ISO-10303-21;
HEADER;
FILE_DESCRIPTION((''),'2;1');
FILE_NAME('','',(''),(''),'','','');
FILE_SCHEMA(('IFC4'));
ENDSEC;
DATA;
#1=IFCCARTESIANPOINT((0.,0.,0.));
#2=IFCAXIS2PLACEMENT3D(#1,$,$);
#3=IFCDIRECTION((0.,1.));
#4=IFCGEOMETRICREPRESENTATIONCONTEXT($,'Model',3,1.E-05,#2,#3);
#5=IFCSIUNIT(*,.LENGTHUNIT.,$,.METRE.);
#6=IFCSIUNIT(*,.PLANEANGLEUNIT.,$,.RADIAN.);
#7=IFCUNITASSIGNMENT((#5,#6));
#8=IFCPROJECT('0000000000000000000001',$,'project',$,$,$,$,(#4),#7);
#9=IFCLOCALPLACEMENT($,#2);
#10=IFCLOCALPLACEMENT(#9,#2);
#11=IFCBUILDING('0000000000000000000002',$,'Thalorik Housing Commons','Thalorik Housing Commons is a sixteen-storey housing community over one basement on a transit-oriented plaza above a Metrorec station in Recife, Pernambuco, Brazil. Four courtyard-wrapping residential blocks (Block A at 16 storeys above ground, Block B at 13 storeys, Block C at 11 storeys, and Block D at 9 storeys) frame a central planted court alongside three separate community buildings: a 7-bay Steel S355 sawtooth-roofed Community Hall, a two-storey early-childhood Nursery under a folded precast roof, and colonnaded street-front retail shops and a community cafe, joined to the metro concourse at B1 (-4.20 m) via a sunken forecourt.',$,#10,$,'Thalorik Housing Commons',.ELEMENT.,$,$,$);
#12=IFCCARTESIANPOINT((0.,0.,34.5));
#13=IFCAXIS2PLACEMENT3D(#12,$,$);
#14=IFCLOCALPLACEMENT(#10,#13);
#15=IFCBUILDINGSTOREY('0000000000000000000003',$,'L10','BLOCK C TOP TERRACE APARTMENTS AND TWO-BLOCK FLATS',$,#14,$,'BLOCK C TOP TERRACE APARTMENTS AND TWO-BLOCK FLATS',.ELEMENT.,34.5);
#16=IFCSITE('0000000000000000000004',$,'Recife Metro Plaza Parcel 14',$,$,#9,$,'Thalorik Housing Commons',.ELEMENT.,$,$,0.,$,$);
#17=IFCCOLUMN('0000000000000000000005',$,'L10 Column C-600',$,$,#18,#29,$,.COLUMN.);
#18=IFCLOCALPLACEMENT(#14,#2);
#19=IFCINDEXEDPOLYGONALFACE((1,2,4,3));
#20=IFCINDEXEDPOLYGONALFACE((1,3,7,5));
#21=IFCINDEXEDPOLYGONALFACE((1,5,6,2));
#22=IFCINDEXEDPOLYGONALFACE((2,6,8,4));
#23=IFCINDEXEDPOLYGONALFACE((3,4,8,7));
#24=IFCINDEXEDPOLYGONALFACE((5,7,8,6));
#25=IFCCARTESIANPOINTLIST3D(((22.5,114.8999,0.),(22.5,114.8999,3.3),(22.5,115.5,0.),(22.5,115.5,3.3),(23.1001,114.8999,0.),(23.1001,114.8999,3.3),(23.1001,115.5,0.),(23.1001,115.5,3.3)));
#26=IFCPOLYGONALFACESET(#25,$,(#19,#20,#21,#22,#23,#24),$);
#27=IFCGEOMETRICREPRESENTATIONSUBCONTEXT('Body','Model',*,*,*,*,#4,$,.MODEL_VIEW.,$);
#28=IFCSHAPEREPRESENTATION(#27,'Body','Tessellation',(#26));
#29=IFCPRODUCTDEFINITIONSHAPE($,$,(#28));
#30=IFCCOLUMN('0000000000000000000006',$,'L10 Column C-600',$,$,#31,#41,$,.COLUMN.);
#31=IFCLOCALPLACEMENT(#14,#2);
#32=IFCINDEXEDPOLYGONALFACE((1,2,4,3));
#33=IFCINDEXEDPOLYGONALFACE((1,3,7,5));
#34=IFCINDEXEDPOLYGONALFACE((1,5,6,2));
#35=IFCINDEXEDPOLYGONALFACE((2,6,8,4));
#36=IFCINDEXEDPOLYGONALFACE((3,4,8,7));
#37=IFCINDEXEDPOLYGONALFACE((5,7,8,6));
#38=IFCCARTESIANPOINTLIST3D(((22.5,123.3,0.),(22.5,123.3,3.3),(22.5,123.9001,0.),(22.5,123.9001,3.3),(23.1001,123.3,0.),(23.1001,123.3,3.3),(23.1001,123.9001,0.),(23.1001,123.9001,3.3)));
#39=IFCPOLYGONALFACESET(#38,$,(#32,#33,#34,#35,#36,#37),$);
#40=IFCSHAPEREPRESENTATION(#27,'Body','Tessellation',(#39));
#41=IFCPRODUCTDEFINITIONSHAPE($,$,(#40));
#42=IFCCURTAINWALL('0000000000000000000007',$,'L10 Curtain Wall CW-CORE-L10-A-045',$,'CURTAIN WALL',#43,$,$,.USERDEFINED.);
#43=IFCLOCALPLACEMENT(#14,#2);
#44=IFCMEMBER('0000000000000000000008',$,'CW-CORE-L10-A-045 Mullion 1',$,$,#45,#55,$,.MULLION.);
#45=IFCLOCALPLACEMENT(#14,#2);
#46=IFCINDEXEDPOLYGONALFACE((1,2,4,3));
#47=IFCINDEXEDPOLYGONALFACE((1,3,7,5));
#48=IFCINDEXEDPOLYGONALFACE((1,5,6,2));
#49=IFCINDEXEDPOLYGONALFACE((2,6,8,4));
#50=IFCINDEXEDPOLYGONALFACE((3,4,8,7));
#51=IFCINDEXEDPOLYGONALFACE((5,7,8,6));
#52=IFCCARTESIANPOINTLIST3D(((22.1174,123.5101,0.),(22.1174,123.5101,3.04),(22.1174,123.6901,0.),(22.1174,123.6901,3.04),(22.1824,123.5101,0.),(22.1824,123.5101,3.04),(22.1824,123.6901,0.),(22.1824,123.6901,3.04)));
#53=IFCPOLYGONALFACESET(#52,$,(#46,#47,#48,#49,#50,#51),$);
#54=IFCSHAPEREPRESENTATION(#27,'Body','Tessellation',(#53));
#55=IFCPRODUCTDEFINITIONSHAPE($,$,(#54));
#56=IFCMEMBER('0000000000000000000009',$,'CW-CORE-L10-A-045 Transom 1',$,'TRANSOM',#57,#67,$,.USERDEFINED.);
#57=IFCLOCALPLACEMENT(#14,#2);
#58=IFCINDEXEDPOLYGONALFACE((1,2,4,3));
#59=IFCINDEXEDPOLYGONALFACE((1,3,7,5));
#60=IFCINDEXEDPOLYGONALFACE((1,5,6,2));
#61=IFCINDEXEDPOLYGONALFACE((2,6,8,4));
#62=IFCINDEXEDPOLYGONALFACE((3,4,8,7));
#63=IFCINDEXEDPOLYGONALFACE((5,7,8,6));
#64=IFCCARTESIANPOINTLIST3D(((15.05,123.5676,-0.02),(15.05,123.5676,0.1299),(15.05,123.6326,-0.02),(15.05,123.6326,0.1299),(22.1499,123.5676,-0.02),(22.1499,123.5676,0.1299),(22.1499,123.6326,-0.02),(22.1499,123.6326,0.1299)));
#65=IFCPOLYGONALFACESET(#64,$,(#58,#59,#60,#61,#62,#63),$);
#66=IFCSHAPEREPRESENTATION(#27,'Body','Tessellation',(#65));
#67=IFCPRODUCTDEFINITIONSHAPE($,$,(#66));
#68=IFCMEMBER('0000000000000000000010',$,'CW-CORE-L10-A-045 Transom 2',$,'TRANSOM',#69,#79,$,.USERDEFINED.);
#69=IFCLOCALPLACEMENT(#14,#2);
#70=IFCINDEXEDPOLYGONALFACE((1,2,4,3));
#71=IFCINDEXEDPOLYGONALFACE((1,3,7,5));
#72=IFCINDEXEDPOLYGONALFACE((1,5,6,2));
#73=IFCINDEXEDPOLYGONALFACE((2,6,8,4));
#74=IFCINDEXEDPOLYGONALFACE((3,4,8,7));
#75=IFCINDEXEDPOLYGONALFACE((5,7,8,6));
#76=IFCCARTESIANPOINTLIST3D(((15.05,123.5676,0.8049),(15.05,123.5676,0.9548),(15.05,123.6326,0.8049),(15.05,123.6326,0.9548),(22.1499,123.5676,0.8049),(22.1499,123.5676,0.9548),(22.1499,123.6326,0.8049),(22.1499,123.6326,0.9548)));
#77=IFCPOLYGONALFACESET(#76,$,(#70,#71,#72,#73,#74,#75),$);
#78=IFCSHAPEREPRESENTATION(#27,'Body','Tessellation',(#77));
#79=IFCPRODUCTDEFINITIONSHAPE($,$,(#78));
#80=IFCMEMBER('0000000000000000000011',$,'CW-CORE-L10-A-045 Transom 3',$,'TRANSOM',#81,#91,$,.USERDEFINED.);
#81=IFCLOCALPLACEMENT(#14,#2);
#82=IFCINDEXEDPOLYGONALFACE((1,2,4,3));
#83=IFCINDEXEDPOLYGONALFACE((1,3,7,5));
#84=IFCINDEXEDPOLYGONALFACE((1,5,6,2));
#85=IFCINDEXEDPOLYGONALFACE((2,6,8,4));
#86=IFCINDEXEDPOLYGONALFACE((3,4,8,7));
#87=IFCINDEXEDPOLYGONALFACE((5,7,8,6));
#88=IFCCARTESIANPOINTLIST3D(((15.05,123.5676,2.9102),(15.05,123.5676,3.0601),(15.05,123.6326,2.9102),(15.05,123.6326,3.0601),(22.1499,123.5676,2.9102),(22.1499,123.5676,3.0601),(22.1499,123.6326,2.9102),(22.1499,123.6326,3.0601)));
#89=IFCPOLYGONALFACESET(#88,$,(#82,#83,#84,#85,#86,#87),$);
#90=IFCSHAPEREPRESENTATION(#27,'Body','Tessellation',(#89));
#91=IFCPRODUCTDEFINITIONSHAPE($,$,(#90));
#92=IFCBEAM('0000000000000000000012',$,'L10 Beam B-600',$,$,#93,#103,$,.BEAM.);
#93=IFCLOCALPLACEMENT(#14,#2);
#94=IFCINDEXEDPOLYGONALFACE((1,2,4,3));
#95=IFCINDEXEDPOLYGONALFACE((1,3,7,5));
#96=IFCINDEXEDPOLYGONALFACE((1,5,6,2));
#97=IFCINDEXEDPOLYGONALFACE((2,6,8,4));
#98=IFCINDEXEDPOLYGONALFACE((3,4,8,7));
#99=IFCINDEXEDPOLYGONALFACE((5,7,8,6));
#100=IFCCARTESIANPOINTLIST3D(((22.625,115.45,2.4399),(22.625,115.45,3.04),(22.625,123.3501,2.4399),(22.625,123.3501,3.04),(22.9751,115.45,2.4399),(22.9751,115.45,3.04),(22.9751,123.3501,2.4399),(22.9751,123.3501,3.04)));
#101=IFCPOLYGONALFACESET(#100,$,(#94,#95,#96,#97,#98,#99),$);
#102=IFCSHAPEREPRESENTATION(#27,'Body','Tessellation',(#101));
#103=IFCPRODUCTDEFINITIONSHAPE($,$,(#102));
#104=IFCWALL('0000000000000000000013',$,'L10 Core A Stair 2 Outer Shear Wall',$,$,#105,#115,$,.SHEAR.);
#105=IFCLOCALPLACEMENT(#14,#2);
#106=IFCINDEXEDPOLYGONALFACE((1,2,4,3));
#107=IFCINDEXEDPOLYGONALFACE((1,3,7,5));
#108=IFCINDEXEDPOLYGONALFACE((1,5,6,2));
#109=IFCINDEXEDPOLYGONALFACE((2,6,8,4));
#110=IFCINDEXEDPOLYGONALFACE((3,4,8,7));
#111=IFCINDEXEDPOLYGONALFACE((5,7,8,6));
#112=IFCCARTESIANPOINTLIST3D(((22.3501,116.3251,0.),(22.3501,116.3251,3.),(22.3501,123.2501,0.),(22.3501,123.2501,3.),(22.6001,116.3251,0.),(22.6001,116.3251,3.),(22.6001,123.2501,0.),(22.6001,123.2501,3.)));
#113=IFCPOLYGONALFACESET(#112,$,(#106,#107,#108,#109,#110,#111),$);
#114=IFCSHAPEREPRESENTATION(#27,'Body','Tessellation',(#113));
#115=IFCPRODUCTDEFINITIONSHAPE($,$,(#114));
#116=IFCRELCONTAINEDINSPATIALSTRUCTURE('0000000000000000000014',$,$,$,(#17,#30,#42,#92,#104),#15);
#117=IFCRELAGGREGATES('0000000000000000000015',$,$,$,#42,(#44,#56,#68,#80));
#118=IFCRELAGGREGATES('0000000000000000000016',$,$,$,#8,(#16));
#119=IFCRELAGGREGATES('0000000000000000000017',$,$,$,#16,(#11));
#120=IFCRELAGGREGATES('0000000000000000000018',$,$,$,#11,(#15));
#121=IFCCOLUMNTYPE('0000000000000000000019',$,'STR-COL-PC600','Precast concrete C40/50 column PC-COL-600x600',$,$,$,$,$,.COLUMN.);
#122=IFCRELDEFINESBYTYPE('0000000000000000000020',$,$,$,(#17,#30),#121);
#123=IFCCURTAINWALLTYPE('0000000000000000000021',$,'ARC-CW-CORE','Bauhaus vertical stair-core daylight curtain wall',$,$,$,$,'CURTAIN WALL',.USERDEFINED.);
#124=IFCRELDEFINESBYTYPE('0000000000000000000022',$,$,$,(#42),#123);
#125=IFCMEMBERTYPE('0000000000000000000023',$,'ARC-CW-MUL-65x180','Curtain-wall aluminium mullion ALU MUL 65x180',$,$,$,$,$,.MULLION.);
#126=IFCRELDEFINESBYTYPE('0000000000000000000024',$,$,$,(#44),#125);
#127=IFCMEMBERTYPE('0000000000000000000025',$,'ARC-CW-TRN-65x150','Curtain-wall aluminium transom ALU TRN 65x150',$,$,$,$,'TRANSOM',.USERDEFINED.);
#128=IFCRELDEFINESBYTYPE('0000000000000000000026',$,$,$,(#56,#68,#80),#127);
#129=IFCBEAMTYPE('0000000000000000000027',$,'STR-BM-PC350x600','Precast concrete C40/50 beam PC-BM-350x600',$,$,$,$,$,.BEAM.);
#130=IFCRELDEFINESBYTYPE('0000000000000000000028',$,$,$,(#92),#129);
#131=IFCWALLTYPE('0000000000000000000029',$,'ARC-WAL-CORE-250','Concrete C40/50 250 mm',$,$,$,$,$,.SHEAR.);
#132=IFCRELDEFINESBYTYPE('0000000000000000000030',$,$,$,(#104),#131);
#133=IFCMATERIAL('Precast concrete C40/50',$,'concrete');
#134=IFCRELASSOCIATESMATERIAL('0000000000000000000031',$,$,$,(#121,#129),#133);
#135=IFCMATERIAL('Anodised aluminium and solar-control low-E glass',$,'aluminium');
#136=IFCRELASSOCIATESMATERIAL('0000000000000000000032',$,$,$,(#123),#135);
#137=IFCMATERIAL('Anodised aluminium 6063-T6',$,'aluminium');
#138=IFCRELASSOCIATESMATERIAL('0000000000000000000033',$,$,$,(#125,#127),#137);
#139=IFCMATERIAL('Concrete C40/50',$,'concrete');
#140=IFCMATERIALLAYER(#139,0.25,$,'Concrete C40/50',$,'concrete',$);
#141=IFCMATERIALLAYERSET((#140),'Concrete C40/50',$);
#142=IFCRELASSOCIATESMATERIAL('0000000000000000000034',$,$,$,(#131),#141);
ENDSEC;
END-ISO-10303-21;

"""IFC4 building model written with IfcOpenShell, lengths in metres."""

from ifc_helpers import new_model, si_unit, direction, frame, frame_2d, origin, origin_2d, place, context, subcontext, project, spatial, rectangle, extrude, material, layer, layer_set, material_profile, profile_set, type_object, element, aggregate, save


model = new_model("IFC4")

# Units and contexts
model_context = context("Model", 3, precision=1e-05, world=origin(), true_north=direction((0.0, 1.0)))
body_context = subcontext(model_context, "Body", "Model", "MODEL_VIEW")
ifc_project = project(units=[si_unit("LENGTHUNIT", "METRE"), si_unit("PLANEANGLEUNIT", "RADIAN")], contexts=[model_context])

# Site, building, storey
site_placement = place(None, origin())
site = spatial("IfcSite", under=ifc_project, at=site_placement, Name="Recife Metro Plaza Parcel 14", LongName="Thalorik Housing Commons", CompositionType="ELEMENT", RefElevation=0.0)
building_placement = place(site_placement, origin())
building = spatial("IfcBuilding", under=site, at=building_placement, Name="Thalorik Housing Commons", Description="Thalorik Housing Commons is a sixteen-storey housing community over one basement on a transit-oriented plaza above a Metrorec station in Recife, Pernambuco, Brazil. Four courtyard-wrapping residential blocks (Block A at 16 storeys above ground, Block B at 13 storeys, Block C at 11 storeys, and Block D at 9 storeys) frame a central planted court alongside three separate community buildings: a 7-bay Steel S355 sawtooth-roofed Community Hall, a two-storey early-childhood Nursery under a folded precast roof, and colonnaded street-front retail shops and a community cafe, joined to the metro concourse at B1 (-4.20 m) via a sunken forecourt.", LongName="Thalorik Housing Commons", CompositionType="ELEMENT")
storey_placement = place(building_placement, frame((0.0, 0.0, 34.5)))
storey = spatial("IfcBuildingStorey", under=building, at=storey_placement, Name="L10", Description="BLOCK C TOP TERRACE APARTMENTS AND TWO-BLOCK FLATS", LongName="BLOCK C TOP TERRACE APARTMENTS AND TWO-BLOCK FLATS", CompositionType="ELEMENT", Elevation=34.5)

# Columns
ifc_material_1 = material(Name="Precast concrete C40/50", Category="concrete")
ifc_material_profile_1 = material_profile(ifc_material_1, rectangle(XDim=0.6001, YDim=0.6001, at=origin_2d()), Name="PC 600x600", Category="concrete")
ifc_profile_set_1 = profile_set([ifc_material_profile_1], Name="Precast concrete C40/50")
column_type = type_object("IfcColumnType", Name="STR-COL-PC600", Description="Precast concrete C40/50 column PC-COL-600x600", PredefinedType="COLUMN", material=ifc_profile_set_1)
for number, where, z_axis, x_axis, name in (
    (1, (22.8, 115.2, 0.0), (0.0, 0.0, 1.0), (1.0, 0.0, 0.0), "L10 Column C-600"),
    (2, (22.8, 123.6001, 0.0), (0.0, 0.0, 1.0), (1.0, 0.0, 0.0), "L10 Column C-600"),
):
    element("IfcColumn", number, at=place(storey_placement, frame(where, z_axis=z_axis, x_axis=x_axis)), inside=storey, type_object=column_type, Name=name, PredefinedType="COLUMN", context=body_context, shape_type="SweptSolid", body=[
        extrude(rectangle(XDim=0.6001, YDim=0.6001, at=origin_2d()), origin(), (0.0, 0.0, 1.0), 3.3),
    ])

# Curtain wall, members
ifc_material_2 = material(Name="Anodised aluminium and solar-control low-E glass", Category="aluminium")
curtain_wall_type = type_object("IfcCurtainWallType", Name="ARC-CW-CORE", Description="Bauhaus vertical stair-core daylight curtain wall", ElementType="CURTAIN WALL", PredefinedType="USERDEFINED", material=ifc_material_2)
curtain_wall_placement = place(storey_placement, origin())
curtain_wall = element("IfcCurtainWall", 3, at=curtain_wall_placement, inside=storey, type_object=curtain_wall_type, Name="L10 Curtain Wall CW-CORE-L10-A-045", ObjectType="CURTAIN WALL", PredefinedType="USERDEFINED")
ifc_material_3 = material(Name="Anodised aluminium 6063-T6", Category="aluminium")
ifc_material_profile_2 = material_profile(ifc_material_3, rectangle(XDim=0.0649, YDim=0.1799, at=origin_2d()), Name="ALU MUL 65x180", Category="aluminium")
ifc_profile_set_2 = profile_set([ifc_material_profile_2], Name="Anodised aluminium 6063-T6")
member_type_1 = type_object("IfcMemberType", Name="ARC-CW-MUL-65x180", Description="Curtain-wall aluminium mullion ALU MUL 65x180", PredefinedType="MULLION", material=ifc_profile_set_2)
member_1_placement = place(storey_placement, frame((22.1499, 123.6001, 0.0), z_axis=(0.0, 0.0, 1.0), x_axis=(-1.0, 0.0, 0.0)))
member_1 = element("IfcMember", 4, at=member_1_placement, type_object=member_type_1, Name="CW-CORE-L10-A-045 Mullion 1", PredefinedType="MULLION", context=body_context, shape_type="SweptSolid", body=[
    extrude(rectangle(XDim=0.0649, YDim=0.1799, at=origin_2d()), origin(), (0.0, 0.0, 1.0), 3.04),
])
ifc_material_profile_3 = material_profile(ifc_material_3, rectangle(XDim=0.0649, YDim=0.1499, at=origin_2d()), Name="ALU TRN 65x150", Category="aluminium")
ifc_profile_set_3 = profile_set([ifc_material_profile_3], Name="Anodised aluminium 6063-T6")
member_type_2 = type_object("IfcMemberType", Name="ARC-CW-TRN-65x150", Description="Curtain-wall aluminium transom ALU TRN 65x150", ElementType="TRANSOM", PredefinedType="USERDEFINED", material=ifc_profile_set_3)
member_2_placement = place(storey_placement, frame((22.1499, 123.6001, 0.0549), z_axis=(-1.0, 0.0, 0.0), x_axis=(0.0, -1.0, 0.0)))
member_2 = element("IfcMember", 5, at=member_2_placement, type_object=member_type_2, Name="CW-CORE-L10-A-045 Transom 1", ObjectType="TRANSOM", PredefinedType="USERDEFINED", context=body_context, shape_type="SweptSolid", body=[
    extrude(rectangle(XDim=0.0649, YDim=0.1499, at=origin_2d()), origin(), (0.0, 0.0, 1.0), 7.0999),
])
member_3_placement = place(storey_placement, frame((22.1499, 123.6001, 0.8799), z_axis=(-1.0, 0.0, 0.0), x_axis=(0.0, -1.0, 0.0)))
member_3 = element("IfcMember", 6, at=member_3_placement, type_object=member_type_2, Name="CW-CORE-L10-A-045 Transom 2", ObjectType="TRANSOM", PredefinedType="USERDEFINED", context=body_context, shape_type="SweptSolid", body=[
    extrude(rectangle(XDim=0.0649, YDim=0.1499, at=origin_2d()), origin(), (0.0, 0.0, 1.0), 7.0999),
])
member_4_placement = place(storey_placement, frame((22.1499, 123.6001, 2.9851), z_axis=(-1.0, 0.0, 0.0), x_axis=(0.0, -1.0, 0.0)))
member_4 = element("IfcMember", 7, at=member_4_placement, type_object=member_type_2, Name="CW-CORE-L10-A-045 Transom 3", ObjectType="TRANSOM", PredefinedType="USERDEFINED", context=body_context, shape_type="SweptSolid", body=[
    extrude(rectangle(XDim=0.0649, YDim=0.1499, at=origin_2d()), origin(), (0.0, 0.0, 1.0), 7.0999),
])
aggregate(curtain_wall, [member_1, member_2, member_3, member_4])

# Beam
ifc_material_profile_4 = material_profile(ifc_material_1, rectangle(XDim=0.3501, YDim=0.6001, at=origin_2d()), Name="PC 350x600", Category="concrete")
ifc_profile_set_4 = profile_set([ifc_material_profile_4], Name="Precast concrete C40/50")
beam_type = type_object("IfcBeamType", Name="STR-BM-PC350x600", Description="Precast concrete C40/50 beam PC-BM-350x600", PredefinedType="BEAM", material=ifc_profile_set_4)
beam_placement = place(storey_placement, frame((22.8, 115.45, 2.74), z_axis=(0.0, 1.0, 0.0), x_axis=(-1.0, 0.0, 0.0)))
element("IfcBeam", 8, at=beam_placement, inside=storey, type_object=beam_type, Name="L10 Beam B-600", PredefinedType="BEAM", context=body_context, shape_type="SweptSolid", body=[
    extrude(rectangle(XDim=0.3501, YDim=0.6001, at=origin_2d()), origin(), (0.0, 0.0, 1.0), 7.9001),
])

# Wall
ifc_material_4 = material(Name="Concrete C40/50", Category="concrete")
ifc_layer_1 = layer(ifc_material_4, 0.25, Name="Concrete C40/50", Category="concrete")
ifc_layer_set_1 = layer_set([ifc_layer_1], Name="Concrete C40/50")
wall_type_1 = type_object("IfcWallType", Name="ARC-WAL-CORE-250", Description="Concrete C40/50 250 mm", PredefinedType="SHEAR", material=ifc_layer_set_1)
wall_1_placement = place(storey_placement, frame((22.4751, 123.25, 0.0), z_axis=(0.0, 0.0, 1.0), x_axis=(0.0, -1.0, 0.0)))
element("IfcWall", 9, at=wall_1_placement, inside=storey, type_object=wall_type_1, Name="L10 Core A Stair 2 Outer Shear Wall", PredefinedType="SHEAR", context=body_context, shape_type="SweptSolid", body=[
    extrude(rectangle(XDim=6.925, YDim=0.25, at=frame_2d((3.4624, 0.0))), origin(), (0.0, 0.0, 1.0), 3.0),
])

save(model, "model.ifc")
